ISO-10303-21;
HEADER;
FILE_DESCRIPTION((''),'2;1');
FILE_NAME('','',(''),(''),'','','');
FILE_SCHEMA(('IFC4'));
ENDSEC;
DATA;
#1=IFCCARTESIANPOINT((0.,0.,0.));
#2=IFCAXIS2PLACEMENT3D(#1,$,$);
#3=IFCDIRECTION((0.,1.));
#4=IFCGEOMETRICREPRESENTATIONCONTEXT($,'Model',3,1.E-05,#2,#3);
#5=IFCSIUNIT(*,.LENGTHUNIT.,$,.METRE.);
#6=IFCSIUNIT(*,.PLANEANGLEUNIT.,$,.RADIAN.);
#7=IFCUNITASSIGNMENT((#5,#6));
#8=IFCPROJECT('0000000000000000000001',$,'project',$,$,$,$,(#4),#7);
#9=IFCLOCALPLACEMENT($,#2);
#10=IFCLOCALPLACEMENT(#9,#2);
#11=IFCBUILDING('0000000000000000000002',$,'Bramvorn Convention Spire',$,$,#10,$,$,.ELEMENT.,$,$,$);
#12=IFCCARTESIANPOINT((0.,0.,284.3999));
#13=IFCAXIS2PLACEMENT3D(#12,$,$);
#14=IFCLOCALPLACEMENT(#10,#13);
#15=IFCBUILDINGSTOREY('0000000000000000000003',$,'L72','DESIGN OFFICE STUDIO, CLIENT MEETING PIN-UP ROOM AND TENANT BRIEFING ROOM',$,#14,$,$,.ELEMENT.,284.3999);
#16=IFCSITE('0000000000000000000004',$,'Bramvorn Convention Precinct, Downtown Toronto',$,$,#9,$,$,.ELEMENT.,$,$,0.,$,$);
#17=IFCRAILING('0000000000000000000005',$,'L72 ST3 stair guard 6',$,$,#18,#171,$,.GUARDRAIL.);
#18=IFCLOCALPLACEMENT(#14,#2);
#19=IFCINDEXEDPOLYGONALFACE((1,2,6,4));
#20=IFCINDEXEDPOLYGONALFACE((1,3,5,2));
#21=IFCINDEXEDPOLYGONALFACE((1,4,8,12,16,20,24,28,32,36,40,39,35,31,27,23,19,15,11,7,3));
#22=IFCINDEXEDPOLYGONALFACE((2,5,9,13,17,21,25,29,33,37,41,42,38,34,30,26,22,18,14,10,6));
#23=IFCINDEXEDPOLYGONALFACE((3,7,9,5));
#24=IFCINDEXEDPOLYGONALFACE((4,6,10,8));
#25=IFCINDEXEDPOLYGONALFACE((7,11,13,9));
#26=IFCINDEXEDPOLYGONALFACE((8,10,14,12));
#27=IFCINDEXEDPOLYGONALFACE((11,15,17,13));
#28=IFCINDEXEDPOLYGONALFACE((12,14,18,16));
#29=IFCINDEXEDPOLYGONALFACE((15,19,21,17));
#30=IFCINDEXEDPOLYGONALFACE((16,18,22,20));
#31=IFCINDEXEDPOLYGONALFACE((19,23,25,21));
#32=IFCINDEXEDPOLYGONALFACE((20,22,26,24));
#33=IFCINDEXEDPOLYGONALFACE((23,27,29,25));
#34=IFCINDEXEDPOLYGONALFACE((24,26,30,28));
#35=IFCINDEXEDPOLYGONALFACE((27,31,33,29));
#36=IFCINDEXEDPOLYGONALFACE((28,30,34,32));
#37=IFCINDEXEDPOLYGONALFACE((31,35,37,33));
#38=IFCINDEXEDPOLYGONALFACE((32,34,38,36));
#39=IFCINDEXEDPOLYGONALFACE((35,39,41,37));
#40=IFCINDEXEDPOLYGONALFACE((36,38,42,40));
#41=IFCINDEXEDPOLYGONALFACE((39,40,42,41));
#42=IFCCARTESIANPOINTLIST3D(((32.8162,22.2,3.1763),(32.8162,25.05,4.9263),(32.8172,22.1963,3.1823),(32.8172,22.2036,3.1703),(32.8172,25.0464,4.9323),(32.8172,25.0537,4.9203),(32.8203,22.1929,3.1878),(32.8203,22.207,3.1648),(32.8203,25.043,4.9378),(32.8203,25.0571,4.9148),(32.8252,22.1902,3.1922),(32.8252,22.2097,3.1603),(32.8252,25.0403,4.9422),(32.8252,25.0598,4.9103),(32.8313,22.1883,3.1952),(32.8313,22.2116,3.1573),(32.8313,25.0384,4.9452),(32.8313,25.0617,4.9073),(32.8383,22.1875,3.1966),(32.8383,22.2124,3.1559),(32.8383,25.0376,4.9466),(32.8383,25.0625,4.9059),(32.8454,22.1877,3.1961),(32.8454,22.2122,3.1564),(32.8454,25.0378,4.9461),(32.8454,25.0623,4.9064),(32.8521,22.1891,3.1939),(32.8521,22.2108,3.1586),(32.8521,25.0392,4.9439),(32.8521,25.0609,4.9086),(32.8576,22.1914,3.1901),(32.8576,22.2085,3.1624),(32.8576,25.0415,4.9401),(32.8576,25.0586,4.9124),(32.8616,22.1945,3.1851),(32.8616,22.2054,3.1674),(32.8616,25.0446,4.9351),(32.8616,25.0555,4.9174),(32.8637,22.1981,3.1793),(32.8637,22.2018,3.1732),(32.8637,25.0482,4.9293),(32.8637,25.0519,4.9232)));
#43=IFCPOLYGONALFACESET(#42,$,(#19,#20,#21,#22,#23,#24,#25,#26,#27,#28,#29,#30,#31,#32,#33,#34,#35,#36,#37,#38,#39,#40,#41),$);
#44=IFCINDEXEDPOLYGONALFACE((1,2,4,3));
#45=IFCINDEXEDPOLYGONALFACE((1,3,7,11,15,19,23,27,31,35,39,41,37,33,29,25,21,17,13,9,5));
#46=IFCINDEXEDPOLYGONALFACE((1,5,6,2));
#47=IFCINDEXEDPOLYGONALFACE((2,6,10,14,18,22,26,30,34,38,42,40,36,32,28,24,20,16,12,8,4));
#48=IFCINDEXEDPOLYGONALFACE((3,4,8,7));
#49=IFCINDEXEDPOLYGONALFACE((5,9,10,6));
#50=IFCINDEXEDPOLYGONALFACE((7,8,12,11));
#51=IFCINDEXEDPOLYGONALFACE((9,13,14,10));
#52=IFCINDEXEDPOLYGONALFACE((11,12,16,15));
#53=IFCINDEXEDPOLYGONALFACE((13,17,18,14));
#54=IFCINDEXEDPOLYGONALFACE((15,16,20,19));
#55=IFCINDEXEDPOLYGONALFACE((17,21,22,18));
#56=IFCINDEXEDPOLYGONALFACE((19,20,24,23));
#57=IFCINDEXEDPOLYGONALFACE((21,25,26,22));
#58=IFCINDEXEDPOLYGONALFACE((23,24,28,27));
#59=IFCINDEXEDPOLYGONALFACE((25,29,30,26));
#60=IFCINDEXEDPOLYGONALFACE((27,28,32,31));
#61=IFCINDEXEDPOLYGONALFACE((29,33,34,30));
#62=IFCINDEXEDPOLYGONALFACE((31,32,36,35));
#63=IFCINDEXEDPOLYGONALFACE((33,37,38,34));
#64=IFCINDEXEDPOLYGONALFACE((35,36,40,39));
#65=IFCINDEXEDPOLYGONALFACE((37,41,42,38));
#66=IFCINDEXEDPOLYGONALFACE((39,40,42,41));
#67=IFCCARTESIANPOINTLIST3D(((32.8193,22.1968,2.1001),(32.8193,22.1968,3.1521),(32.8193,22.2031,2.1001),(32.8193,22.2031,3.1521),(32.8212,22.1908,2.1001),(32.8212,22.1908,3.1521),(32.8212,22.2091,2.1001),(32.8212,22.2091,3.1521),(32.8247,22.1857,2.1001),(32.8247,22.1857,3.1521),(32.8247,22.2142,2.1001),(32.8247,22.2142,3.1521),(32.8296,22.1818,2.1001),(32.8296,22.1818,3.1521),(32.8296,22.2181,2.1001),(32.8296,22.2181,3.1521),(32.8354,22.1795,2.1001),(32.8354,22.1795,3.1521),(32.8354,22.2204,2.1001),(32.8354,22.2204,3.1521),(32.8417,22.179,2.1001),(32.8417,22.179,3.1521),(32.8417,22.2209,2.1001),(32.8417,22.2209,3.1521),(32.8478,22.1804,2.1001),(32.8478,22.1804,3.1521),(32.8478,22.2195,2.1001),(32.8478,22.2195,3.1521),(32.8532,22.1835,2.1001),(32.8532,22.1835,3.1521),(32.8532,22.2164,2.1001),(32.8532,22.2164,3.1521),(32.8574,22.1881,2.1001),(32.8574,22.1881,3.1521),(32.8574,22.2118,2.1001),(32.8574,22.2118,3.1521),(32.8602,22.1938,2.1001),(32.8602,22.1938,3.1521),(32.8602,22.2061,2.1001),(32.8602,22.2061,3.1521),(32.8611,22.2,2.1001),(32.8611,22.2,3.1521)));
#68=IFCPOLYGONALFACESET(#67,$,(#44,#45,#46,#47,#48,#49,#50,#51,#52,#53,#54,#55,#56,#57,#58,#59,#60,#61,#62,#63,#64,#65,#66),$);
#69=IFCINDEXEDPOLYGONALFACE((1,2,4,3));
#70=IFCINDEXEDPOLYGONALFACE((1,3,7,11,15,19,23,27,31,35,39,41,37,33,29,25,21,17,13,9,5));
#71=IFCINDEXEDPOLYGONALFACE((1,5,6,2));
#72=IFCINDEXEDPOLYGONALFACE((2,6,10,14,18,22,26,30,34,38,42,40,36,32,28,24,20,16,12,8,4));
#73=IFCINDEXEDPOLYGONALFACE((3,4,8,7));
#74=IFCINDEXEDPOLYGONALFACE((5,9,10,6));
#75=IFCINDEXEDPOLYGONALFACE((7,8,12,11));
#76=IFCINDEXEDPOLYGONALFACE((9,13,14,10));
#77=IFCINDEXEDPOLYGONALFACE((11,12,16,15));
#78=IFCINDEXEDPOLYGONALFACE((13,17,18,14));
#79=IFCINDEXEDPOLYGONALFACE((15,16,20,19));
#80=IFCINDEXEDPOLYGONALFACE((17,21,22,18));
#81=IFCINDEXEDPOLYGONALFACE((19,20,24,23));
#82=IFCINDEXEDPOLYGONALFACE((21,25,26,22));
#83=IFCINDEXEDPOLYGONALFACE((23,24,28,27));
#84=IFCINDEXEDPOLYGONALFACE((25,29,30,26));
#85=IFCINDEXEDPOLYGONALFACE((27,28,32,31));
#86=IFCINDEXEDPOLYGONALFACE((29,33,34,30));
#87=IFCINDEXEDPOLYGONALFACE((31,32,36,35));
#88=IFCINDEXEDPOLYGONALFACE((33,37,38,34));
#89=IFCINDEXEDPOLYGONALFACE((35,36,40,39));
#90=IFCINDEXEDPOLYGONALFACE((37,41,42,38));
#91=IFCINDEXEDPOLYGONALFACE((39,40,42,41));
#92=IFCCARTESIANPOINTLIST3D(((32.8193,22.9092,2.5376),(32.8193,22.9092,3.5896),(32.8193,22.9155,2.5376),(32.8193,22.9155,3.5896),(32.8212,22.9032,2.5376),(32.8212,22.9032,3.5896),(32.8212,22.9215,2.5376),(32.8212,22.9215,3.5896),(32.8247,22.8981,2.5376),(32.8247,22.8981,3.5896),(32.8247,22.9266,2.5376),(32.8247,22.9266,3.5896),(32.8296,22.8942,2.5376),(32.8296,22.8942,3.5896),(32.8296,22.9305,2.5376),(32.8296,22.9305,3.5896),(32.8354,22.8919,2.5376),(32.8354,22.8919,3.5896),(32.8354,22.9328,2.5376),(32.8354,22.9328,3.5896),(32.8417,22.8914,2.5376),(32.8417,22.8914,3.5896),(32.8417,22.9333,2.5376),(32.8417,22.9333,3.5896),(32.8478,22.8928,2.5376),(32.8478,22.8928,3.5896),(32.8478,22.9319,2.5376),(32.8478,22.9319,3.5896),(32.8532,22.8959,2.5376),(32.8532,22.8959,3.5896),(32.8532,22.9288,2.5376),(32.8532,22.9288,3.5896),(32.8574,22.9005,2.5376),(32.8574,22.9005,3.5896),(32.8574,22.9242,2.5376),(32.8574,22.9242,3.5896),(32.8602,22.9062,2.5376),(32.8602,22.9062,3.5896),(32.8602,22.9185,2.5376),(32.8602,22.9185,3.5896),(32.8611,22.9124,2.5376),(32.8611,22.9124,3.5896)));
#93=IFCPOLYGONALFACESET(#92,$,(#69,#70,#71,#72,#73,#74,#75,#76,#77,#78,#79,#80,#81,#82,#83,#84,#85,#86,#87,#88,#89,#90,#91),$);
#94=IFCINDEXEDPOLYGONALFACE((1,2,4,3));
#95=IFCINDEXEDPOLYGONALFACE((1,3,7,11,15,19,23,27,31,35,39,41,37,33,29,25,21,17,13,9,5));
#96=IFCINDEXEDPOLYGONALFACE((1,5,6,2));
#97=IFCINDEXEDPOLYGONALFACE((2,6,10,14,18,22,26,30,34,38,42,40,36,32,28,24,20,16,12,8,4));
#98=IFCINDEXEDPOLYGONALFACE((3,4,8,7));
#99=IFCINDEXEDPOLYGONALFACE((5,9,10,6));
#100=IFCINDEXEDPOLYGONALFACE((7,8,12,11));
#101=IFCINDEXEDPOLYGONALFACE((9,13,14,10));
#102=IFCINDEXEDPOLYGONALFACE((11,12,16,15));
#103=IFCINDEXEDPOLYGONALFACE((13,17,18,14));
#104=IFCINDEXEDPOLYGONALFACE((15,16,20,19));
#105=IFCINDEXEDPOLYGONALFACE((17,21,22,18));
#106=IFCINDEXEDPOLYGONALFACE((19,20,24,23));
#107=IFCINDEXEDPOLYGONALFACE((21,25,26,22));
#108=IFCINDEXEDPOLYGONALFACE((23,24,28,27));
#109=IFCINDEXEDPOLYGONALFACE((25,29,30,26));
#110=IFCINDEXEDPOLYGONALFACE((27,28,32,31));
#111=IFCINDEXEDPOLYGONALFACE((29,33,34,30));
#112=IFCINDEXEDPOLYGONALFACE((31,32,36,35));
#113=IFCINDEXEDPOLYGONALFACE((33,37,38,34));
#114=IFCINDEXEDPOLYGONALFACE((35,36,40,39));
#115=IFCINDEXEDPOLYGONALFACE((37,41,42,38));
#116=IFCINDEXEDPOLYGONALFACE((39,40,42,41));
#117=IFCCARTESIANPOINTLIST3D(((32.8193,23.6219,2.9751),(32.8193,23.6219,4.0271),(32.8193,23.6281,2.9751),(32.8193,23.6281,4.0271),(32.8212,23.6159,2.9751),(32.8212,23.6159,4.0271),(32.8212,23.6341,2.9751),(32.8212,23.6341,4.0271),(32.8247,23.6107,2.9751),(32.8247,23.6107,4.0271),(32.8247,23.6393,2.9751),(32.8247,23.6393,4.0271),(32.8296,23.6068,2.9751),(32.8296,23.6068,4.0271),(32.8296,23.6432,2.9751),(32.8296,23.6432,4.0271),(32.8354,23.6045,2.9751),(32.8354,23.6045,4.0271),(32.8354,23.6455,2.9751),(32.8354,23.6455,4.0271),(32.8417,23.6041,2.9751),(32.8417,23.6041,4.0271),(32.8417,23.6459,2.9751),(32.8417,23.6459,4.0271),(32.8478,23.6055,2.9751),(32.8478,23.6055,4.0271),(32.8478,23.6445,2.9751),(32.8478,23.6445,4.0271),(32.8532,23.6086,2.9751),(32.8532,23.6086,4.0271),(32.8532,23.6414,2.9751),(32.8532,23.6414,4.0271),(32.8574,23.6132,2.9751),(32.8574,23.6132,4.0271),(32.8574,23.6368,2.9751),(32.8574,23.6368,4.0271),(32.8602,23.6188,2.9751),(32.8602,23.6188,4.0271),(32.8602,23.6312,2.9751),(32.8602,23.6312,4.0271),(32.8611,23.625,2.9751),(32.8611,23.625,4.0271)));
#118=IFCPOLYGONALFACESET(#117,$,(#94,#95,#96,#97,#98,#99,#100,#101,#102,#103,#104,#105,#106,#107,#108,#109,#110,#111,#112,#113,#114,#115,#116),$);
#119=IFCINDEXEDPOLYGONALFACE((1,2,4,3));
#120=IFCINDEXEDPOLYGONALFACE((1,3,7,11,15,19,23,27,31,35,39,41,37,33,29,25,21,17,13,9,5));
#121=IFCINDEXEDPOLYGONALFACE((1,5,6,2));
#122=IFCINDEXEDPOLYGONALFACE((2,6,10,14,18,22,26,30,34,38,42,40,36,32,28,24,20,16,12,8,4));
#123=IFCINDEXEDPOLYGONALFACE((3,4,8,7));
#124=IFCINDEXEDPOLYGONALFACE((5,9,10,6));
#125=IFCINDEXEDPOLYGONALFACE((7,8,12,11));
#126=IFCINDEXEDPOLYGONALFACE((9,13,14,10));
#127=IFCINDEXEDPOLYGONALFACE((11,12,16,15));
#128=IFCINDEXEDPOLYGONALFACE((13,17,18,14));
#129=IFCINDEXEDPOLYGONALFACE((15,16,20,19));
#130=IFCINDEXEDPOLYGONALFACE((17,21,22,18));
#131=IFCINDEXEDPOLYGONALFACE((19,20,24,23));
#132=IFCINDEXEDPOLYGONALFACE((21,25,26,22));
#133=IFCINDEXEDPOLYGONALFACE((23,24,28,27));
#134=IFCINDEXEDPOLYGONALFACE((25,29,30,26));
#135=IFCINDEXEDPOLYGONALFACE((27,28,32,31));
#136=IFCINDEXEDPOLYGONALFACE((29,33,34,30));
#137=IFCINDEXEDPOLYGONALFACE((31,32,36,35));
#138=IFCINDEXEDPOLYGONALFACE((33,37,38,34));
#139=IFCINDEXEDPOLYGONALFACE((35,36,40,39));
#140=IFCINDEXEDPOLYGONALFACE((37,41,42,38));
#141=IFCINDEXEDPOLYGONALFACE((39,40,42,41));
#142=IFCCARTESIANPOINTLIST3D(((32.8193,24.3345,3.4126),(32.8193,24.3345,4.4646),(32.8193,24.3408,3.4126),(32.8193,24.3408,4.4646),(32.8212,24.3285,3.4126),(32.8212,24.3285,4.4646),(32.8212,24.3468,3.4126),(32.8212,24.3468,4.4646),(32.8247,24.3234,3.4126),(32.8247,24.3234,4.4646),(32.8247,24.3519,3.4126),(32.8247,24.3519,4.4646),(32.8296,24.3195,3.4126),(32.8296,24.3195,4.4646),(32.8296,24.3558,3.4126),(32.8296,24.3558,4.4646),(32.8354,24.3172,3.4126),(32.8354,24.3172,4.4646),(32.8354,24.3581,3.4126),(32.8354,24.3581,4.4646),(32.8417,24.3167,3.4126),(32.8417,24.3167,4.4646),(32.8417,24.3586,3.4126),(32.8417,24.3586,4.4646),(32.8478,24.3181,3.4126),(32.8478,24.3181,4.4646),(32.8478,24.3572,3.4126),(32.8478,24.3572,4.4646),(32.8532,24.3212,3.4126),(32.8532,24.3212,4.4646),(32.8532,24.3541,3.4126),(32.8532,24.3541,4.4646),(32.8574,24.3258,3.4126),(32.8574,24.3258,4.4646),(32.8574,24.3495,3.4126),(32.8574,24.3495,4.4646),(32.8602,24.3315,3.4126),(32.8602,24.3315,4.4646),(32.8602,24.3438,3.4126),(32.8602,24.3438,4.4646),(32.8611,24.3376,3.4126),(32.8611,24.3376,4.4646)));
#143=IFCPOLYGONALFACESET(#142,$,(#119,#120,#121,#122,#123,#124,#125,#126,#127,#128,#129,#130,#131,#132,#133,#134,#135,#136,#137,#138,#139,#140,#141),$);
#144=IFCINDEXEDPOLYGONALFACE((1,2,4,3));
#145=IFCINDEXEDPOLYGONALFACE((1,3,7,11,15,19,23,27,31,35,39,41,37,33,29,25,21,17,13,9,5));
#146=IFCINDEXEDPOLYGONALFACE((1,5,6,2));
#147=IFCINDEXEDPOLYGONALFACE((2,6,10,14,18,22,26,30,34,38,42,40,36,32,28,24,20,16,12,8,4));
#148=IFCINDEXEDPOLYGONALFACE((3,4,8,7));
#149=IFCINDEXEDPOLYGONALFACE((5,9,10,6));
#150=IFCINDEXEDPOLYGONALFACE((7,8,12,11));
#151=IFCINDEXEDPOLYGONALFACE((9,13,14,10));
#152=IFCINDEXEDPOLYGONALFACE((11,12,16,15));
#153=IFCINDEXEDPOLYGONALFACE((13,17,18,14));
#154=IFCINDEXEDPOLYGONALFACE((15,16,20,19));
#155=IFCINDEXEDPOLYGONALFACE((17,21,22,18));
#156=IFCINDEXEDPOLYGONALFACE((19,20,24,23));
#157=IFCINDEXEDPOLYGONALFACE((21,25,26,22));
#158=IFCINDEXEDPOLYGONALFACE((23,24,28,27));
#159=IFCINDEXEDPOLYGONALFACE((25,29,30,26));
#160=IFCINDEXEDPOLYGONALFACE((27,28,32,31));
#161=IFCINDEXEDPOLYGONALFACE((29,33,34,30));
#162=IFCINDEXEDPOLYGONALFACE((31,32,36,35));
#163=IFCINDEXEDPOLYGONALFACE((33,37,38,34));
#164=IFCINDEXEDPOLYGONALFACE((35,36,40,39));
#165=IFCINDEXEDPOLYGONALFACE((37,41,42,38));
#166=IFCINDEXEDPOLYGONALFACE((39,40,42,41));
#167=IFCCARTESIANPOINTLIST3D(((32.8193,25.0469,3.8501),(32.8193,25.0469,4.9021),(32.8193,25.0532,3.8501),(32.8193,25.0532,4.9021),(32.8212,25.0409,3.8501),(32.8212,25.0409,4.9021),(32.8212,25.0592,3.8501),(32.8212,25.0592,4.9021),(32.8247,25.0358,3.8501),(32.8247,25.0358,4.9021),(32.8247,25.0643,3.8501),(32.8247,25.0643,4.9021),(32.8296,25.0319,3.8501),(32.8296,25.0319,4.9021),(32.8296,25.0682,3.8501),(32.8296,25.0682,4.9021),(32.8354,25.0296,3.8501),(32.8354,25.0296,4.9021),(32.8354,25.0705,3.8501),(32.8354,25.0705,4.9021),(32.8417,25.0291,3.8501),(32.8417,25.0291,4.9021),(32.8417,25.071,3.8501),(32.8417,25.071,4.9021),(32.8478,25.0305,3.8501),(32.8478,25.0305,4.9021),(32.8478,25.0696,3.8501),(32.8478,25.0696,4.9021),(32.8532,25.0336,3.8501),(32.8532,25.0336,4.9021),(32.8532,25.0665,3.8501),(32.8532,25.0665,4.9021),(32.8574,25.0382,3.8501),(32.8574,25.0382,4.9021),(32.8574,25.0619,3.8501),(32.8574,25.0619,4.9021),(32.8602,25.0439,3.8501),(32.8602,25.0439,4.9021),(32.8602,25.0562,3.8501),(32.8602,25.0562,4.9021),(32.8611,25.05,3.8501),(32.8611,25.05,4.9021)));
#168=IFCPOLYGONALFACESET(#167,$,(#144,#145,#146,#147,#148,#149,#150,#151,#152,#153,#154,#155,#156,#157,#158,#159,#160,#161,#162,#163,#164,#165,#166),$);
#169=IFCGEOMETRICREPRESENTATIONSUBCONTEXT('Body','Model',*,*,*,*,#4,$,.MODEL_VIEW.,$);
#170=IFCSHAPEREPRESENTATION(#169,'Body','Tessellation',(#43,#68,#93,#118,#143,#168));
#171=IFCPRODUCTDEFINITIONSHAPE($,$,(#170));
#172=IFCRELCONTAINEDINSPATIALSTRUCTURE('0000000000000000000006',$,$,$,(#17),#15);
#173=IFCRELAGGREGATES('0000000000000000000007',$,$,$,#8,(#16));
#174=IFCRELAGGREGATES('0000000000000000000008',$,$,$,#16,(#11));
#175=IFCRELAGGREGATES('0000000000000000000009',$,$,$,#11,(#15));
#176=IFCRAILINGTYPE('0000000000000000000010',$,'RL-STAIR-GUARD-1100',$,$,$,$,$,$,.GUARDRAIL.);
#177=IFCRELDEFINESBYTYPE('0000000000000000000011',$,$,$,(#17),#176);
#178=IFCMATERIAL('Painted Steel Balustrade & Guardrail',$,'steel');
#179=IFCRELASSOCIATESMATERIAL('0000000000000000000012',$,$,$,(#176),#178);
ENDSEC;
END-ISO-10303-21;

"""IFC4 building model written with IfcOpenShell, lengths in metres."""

from ifc_helpers import new_model, si_unit, direction, frame, origin, origin_2d, place, context, subcontext, project, spatial, circle, extrude, material, type_object, element, save


model = new_model("IFC4")

# Units and contexts
model_context = context("Model", 3, precision=1e-05, world=origin(), true_north=direction((0.0, 1.0)))
body_context = subcontext(model_context, "Body", "Model", "MODEL_VIEW")
ifc_project = project(units=[si_unit("LENGTHUNIT", "METRE"), si_unit("PLANEANGLEUNIT", "RADIAN")], contexts=[model_context])

# Site, building, storey
site_placement = place(None, origin())
site = spatial("IfcSite", under=ifc_project, at=site_placement, Name="Bramvorn Convention Precinct, Downtown Toronto", CompositionType="ELEMENT", RefElevation=0.0)
building_placement = place(site_placement, origin())
building = spatial("IfcBuilding", under=site, at=building_placement, Name="Bramvorn Convention Spire", CompositionType="ELEMENT")
storey_placement = place(building_placement, frame((0.0, 0.0, 284.3999)))
storey = spatial("IfcBuildingStorey", under=building, at=storey_placement, Name="L72", Description="DESIGN OFFICE STUDIO, CLIENT MEETING PIN-UP ROOM AND TENANT BRIEFING ROOM", CompositionType="ELEMENT", Elevation=284.3999)

# Railing
ifc_material_1 = material(Name="Painted Steel Balustrade & Guardrail", Category="steel")
railing_type_1 = type_object("IfcRailingType", Name="RL-STAIR-GUARD-1100", PredefinedType="GUARDRAIL", material=ifc_material_1)
railing_1_placement = place(storey_placement, frame((32.8401, 22.2, 2.1001)))
element("IfcRailing", 1, at=railing_1_placement, inside=storey, type_object=railing_type_1, Name="L72 ST3 stair guard 6", PredefinedType="GUARDRAIL", context=body_context, shape_type="SweptSolid", body=[
    extrude(circle(Radius=0.0239, at=origin_2d()), frame((0.0, 0.0, 1.0762), z_axis=(0.0, 0.852179, 0.52325), x_axis=(-1.0, 0.0, 0.0)), (0.0, 0.0, 1.0), 3.3445),
    extrude(circle(Radius=0.021, at=origin_2d()), origin(), (0.0, 0.0, 1.0), 1.052),
    extrude(circle(Radius=0.021, at=origin_2d()), frame((0.0, 0.7124, 0.4375)), (0.0, 0.0, 1.0), 1.052),
    extrude(circle(Radius=0.021, at=origin_2d()), frame((0.0, 1.425, 0.875)), (0.0, 0.0, 1.0), 1.052),
    extrude(circle(Radius=0.021, at=origin_2d()), frame((0.0, 2.1377, 1.3125)), (0.0, 0.0, 1.0), 1.052),
    extrude(circle(Radius=0.021, at=origin_2d()), frame((0.0, 2.8501, 1.75)), (0.0, 0.0, 1.0), 1.052),
])

save(model, "model.ifc")
